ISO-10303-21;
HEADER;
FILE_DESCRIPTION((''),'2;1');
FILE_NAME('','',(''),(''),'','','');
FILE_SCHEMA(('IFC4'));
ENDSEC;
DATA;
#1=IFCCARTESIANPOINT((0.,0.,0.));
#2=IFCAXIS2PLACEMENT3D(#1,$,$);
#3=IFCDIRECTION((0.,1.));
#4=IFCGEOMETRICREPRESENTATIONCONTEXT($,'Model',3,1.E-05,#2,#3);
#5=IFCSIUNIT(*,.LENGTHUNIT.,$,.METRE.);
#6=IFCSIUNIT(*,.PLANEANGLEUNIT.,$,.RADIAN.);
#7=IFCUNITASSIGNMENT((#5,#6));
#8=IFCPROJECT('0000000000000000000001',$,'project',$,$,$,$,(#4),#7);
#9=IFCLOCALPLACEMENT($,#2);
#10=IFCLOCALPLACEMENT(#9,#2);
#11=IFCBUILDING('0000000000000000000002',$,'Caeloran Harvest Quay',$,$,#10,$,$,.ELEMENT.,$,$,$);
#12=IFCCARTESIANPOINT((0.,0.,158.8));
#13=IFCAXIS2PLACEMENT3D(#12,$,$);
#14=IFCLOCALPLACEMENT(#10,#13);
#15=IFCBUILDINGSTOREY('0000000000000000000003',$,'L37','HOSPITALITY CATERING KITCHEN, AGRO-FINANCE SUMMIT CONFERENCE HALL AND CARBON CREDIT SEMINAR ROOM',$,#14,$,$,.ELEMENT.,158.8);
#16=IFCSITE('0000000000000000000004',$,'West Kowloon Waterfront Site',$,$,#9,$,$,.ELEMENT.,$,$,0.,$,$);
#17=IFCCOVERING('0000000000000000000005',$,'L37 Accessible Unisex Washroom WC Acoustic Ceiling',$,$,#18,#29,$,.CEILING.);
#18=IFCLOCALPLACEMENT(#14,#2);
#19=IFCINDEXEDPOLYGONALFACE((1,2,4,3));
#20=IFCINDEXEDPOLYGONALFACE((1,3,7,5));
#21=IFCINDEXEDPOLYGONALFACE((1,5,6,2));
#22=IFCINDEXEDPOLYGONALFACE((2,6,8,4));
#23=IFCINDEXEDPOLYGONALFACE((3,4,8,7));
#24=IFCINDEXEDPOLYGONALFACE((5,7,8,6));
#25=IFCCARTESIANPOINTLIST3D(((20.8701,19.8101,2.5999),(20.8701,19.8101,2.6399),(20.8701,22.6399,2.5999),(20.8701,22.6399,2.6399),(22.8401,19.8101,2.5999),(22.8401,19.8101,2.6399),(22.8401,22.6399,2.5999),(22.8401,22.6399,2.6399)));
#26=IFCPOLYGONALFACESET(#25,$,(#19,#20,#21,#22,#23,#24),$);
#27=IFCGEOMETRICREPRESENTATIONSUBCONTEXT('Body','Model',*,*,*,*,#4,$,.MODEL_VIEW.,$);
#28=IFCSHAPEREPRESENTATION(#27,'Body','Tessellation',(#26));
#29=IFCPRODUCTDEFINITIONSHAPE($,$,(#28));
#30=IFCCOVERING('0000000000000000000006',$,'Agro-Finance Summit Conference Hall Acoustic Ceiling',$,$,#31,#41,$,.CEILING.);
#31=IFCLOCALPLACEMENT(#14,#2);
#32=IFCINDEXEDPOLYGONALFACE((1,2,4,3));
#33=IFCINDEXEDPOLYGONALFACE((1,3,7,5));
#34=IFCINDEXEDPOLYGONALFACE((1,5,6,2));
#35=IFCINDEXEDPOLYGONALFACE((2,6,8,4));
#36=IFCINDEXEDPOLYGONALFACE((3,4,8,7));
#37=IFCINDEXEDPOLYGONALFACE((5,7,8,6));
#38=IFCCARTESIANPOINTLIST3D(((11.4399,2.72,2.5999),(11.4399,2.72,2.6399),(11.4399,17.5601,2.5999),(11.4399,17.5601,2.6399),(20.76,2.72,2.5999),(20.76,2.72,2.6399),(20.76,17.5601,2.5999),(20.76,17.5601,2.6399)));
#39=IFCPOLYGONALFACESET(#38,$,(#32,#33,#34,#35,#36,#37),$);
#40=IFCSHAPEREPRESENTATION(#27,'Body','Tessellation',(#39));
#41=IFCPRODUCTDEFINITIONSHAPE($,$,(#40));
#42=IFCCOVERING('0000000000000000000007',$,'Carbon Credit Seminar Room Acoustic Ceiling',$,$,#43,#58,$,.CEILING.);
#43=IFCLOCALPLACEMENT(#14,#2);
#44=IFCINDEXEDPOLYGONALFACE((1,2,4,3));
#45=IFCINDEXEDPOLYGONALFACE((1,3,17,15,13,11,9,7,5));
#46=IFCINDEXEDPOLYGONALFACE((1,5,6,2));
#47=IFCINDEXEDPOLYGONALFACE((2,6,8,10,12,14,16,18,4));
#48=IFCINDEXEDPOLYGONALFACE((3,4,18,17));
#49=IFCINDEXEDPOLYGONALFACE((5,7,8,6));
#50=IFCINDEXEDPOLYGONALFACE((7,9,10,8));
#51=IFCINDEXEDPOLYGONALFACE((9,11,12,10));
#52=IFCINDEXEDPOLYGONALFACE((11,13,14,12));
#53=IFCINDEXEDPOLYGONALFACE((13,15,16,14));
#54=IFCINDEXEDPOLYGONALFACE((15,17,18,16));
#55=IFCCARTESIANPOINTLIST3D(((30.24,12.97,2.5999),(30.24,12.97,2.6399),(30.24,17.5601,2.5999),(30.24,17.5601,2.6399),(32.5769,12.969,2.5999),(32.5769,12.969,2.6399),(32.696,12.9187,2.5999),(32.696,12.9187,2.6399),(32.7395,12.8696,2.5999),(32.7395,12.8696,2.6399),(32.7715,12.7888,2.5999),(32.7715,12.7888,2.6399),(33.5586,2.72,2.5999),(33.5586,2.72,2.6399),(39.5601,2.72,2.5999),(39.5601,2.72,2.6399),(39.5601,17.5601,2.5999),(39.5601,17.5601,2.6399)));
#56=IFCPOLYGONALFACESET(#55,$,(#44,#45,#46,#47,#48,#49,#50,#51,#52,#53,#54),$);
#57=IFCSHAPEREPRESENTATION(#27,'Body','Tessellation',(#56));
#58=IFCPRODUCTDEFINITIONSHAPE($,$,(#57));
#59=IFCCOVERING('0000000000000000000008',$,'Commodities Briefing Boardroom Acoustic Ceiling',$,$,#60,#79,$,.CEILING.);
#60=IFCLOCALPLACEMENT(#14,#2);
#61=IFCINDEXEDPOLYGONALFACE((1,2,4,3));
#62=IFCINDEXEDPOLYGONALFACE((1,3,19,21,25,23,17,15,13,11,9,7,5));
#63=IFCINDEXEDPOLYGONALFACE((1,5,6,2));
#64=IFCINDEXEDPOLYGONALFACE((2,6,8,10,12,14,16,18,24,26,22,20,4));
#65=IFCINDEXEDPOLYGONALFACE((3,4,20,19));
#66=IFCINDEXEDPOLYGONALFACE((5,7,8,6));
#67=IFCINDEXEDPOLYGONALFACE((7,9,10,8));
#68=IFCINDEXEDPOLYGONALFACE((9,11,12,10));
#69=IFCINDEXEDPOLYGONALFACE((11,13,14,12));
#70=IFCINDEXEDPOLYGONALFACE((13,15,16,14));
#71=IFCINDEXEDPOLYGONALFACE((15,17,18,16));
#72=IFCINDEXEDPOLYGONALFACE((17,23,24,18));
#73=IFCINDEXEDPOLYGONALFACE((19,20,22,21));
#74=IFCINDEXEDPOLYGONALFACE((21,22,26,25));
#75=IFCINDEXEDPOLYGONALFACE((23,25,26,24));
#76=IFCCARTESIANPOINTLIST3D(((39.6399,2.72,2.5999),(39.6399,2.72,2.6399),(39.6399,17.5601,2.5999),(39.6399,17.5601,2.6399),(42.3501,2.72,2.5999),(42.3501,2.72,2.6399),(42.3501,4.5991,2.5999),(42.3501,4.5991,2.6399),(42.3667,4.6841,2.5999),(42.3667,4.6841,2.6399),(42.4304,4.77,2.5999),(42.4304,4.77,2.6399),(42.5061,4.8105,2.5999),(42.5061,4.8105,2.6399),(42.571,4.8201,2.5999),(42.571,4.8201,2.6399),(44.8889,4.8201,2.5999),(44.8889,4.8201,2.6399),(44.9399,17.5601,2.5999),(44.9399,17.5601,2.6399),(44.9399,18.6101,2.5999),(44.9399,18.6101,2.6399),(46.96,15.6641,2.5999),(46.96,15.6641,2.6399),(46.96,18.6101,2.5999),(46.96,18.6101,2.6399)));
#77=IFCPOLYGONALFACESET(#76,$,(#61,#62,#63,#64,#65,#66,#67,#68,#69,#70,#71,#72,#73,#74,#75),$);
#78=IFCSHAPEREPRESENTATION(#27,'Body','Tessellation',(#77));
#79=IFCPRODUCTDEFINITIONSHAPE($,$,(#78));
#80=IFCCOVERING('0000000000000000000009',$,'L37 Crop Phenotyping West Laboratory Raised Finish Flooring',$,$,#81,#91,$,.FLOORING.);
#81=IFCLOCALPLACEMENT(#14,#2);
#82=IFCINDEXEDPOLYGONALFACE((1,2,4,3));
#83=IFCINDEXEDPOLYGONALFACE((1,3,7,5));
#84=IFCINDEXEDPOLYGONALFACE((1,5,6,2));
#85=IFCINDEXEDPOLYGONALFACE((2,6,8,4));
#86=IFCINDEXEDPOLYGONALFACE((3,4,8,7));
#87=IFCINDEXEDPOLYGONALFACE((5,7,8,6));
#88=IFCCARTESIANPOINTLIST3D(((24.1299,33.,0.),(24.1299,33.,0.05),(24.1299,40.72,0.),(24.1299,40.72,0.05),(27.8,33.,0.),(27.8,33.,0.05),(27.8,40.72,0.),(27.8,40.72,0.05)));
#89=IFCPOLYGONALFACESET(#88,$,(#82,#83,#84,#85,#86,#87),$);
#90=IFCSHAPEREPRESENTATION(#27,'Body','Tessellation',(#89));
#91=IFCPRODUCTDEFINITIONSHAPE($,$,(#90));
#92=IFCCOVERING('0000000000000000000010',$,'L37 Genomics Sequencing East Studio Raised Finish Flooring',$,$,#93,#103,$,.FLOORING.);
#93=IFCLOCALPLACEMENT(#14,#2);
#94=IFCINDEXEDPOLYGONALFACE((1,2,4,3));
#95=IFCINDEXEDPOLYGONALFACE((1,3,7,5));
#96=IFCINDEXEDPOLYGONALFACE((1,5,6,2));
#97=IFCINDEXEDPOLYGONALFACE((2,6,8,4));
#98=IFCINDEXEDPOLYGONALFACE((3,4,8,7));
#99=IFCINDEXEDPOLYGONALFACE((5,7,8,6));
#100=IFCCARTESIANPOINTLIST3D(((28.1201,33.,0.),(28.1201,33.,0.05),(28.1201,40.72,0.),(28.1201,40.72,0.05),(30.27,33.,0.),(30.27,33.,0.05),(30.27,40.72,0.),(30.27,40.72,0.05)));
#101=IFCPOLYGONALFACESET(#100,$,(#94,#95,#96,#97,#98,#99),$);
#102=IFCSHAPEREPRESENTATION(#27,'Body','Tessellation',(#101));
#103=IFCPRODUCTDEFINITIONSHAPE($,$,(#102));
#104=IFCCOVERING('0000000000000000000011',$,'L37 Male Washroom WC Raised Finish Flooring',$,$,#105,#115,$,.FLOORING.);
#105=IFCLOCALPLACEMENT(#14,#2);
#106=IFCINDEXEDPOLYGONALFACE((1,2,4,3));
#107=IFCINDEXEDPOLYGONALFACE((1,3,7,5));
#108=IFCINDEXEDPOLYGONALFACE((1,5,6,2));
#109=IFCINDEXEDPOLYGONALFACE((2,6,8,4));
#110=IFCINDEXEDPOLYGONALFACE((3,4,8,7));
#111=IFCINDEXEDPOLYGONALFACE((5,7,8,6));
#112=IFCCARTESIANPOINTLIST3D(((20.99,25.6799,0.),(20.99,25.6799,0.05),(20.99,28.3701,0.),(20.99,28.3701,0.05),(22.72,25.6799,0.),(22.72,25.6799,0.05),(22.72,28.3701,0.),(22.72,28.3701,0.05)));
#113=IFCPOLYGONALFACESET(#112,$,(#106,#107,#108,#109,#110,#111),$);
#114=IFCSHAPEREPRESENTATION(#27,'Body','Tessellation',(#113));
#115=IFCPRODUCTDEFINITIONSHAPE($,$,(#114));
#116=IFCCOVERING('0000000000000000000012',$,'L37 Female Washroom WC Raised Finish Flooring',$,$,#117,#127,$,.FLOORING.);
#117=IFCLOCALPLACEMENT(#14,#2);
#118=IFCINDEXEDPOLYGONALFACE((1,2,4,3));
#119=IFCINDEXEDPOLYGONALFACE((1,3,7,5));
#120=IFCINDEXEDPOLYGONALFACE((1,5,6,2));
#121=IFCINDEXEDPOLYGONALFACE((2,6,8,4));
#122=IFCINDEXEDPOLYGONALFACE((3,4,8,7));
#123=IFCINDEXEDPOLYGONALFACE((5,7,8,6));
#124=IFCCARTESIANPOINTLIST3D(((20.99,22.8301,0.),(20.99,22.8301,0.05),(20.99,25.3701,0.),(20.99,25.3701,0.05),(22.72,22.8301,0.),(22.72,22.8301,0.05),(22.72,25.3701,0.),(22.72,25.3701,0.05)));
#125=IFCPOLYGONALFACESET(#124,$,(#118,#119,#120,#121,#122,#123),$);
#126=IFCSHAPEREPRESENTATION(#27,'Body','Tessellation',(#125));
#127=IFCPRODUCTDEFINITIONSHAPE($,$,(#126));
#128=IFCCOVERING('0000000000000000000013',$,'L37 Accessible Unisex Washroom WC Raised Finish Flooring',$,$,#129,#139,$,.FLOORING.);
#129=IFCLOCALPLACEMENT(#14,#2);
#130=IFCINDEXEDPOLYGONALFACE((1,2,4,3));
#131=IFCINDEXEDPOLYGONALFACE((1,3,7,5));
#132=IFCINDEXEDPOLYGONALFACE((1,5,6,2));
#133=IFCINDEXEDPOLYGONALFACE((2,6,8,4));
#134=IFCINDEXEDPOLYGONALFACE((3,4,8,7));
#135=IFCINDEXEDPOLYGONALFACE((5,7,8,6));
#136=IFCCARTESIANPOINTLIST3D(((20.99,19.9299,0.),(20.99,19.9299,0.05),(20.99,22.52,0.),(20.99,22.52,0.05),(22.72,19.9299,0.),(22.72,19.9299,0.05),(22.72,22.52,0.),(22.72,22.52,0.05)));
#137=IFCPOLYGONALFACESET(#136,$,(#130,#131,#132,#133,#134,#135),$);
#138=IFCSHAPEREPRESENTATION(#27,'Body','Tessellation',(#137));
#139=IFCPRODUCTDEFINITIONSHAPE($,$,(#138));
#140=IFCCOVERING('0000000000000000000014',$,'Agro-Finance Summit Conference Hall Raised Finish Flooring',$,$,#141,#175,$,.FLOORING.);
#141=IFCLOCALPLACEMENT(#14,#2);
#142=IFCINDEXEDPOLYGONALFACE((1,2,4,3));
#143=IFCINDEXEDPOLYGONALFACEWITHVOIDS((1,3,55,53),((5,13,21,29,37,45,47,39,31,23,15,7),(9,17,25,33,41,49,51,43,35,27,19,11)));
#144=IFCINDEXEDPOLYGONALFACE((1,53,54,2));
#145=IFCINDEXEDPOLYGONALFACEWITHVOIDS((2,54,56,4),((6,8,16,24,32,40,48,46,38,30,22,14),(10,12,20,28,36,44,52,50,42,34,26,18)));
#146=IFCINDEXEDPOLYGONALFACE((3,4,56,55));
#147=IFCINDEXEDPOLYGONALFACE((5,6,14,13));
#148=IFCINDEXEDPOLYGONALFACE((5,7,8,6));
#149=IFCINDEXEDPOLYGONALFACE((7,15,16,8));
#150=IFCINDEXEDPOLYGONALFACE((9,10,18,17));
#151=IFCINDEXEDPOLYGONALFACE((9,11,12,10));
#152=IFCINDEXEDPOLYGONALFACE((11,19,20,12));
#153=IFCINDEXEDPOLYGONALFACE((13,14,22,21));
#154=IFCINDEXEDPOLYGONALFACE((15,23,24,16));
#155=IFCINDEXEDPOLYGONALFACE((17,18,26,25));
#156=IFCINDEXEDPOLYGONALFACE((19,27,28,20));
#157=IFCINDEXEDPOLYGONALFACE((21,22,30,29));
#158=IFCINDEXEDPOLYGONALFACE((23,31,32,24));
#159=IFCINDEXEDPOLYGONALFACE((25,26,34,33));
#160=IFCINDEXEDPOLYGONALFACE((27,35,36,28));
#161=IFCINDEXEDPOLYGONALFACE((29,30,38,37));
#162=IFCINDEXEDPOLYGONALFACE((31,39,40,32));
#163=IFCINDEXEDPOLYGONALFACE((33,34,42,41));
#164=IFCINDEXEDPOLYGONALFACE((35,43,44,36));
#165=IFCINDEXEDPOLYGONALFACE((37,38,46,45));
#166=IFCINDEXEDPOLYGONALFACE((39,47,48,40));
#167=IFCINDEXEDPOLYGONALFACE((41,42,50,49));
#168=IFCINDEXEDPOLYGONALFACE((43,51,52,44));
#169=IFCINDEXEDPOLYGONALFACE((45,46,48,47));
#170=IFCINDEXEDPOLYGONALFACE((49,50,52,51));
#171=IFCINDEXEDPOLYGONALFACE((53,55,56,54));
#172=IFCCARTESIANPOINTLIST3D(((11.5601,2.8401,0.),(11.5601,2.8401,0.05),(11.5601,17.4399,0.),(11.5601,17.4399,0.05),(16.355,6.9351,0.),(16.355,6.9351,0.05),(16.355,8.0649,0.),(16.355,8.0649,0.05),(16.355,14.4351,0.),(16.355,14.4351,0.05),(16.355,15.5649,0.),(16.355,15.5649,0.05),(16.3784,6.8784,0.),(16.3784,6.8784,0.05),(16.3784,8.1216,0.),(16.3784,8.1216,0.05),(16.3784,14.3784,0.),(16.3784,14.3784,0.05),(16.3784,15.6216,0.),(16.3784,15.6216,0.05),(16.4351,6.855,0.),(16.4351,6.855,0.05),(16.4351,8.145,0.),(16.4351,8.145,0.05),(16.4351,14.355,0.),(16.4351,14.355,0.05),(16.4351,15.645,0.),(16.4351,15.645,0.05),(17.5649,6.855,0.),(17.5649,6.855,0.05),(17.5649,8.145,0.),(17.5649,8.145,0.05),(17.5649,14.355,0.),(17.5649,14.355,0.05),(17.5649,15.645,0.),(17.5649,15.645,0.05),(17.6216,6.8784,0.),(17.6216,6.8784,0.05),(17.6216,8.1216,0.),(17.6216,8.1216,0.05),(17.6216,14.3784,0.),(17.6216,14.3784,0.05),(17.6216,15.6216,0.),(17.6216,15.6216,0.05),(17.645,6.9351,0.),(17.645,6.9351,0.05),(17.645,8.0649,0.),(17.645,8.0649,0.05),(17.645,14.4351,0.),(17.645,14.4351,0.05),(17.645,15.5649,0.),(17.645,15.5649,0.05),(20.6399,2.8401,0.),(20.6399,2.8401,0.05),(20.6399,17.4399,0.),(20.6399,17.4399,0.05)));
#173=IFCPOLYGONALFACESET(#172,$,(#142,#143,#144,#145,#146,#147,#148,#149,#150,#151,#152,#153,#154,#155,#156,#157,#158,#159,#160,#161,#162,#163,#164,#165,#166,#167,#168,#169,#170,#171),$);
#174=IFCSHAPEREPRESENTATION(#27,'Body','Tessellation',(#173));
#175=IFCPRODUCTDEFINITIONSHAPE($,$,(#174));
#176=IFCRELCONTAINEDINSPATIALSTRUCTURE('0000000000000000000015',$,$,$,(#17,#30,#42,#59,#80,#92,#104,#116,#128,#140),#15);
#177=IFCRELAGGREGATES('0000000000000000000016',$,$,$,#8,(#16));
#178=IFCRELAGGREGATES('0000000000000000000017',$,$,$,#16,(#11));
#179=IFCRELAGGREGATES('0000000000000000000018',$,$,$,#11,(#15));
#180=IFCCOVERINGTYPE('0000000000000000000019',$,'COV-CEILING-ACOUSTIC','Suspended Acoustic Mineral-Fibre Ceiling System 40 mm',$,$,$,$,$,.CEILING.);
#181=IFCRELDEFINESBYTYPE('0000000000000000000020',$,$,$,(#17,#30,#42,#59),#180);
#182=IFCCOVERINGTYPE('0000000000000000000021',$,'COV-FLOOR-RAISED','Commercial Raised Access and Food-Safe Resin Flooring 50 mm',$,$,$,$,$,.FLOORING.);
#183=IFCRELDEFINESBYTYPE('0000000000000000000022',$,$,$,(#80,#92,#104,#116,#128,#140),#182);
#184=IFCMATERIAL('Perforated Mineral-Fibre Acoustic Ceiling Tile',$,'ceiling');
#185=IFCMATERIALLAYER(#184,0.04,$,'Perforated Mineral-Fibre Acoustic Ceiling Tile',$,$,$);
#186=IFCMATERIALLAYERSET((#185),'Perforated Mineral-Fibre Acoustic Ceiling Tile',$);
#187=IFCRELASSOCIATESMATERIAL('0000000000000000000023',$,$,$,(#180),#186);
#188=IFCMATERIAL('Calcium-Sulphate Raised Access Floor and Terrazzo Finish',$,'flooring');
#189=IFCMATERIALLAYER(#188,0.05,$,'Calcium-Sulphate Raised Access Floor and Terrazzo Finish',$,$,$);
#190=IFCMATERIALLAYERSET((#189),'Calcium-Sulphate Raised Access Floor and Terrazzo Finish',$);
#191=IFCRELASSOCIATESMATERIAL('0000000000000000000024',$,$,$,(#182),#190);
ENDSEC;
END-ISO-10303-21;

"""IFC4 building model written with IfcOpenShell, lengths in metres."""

from ifc_helpers import new_model, si_unit, direction, frame, origin, place, context, subcontext, project, spatial, polyline, outline, extrude, material, layer, layer_set, type_object, element, save


model = new_model("IFC4")

# Units and contexts
model_context = context("Model", 3, precision=1e-05, world=origin(), true_north=direction((0.0, 1.0)))
body_context = subcontext(model_context, "Body", "Model", "MODEL_VIEW")
ifc_project = project(units=[si_unit("LENGTHUNIT", "METRE"), si_unit("PLANEANGLEUNIT", "RADIAN")], contexts=[model_context])

# Site, building, storey
site_placement = place(None, origin())
site = spatial("IfcSite", under=ifc_project, at=site_placement, Name="West Kowloon Waterfront Site", CompositionType="ELEMENT", RefElevation=0.0)
building_placement = place(site_placement, origin())
building = spatial("IfcBuilding", under=site, at=building_placement, Name="Caeloran Harvest Quay", CompositionType="ELEMENT")
storey_placement = place(building_placement, frame((0.0, 0.0, 158.8)))
storey = spatial("IfcBuildingStorey", under=building, at=storey_placement, Name="L37", Description="HOSPITALITY CATERING KITCHEN, AGRO-FINANCE SUMMIT CONFERENCE HALL AND CARBON CREDIT SEMINAR ROOM", CompositionType="ELEMENT", Elevation=158.8)

# Coverings
ifc_material_1 = material(Name="Perforated Mineral-Fibre Acoustic Ceiling Tile", Category="ceiling")
ifc_layer_1 = layer(ifc_material_1, 0.04, Name="Perforated Mineral-Fibre Acoustic Ceiling Tile")
ifc_layer_set_1 = layer_set([ifc_layer_1], Name="Perforated Mineral-Fibre Acoustic Ceiling Tile")
covering_type_1 = type_object("IfcCoveringType", Name="COV-CEILING-ACOUSTIC", Description="Suspended Acoustic Mineral-Fibre Ceiling System 40 mm", PredefinedType="CEILING", material=ifc_layer_set_1)
covering_1_placement = place(storey_placement, frame((0.0, 0.0, 2.5999)))
element("IfcCovering", 1, at=covering_1_placement, inside=storey, type_object=covering_type_1, Name="L37 Accessible Unisex Washroom WC Acoustic Ceiling", PredefinedType="CEILING", context=body_context, shape_type="SweptSolid", body=[
    extrude(outline(polyline([(22.8401, 19.8101), (20.8701, 19.8101), (20.8701, 22.6399), (22.8401, 22.6399), (22.8401, 19.8101)])), origin(), (0.0, 0.0, 1.0), 0.04),
])
covering_2_placement = place(storey_placement, frame((0.0, 0.0, 2.5999)))
element("IfcCovering", 2, at=covering_2_placement, inside=storey, type_object=covering_type_1, Name="Agro-Finance Summit Conference Hall Acoustic Ceiling", PredefinedType="CEILING", context=body_context, shape_type="SweptSolid", body=[
    extrude(outline(polyline([(20.76, 2.72), (11.4399, 2.72), (11.4399, 17.5601), (20.76, 17.5601), (20.76, 2.72)])), origin(), (0.0, 0.0, 1.0), 0.04),
])
covering_3_placement = place(storey_placement, frame((0.0, 0.0, 2.5999)))
element("IfcCovering", 3, at=covering_3_placement, inside=storey, type_object=covering_type_1, Name="Carbon Credit Seminar Room Acoustic Ceiling", PredefinedType="CEILING", context=body_context, shape_type="SweptSolid", body=[
    extrude(outline(polyline([(32.7715, 12.7888), (32.7395, 12.8696), (32.696, 12.9187), (32.5769, 12.969), (30.24, 12.97), (30.24, 17.5601), (39.5601, 17.5601), (39.5601, 2.72), (33.5586, 2.72), (32.7715, 12.7888)])), origin(), (0.0, 0.0, 1.0), 0.04),
])
covering_4_placement = place(storey_placement, frame((0.0, 0.0, 2.5999)))
element("IfcCovering", 4, at=covering_4_placement, inside=storey, type_object=covering_type_1, Name="Commodities Briefing Boardroom Acoustic Ceiling", PredefinedType="CEILING", context=body_context, shape_type="SweptSolid", body=[
    extrude(outline(polyline([(44.9399, 17.5601), (44.9399, 18.6101), (46.96, 18.6101), (46.96, 15.6641), (44.8889, 4.8201), (42.571, 4.8201), (42.5061, 4.8105), (42.4304, 4.77), (42.3667, 4.6841), (42.3501, 4.5991), (42.3501, 2.72), (39.6399, 2.72), (39.6399, 17.5601), (44.9399, 17.5601)])), origin(), (0.0, 0.0, 1.0), 0.04),
])
ifc_material_2 = material(Name="Calcium-Sulphate Raised Access Floor and Terrazzo Finish", Category="flooring")
ifc_layer_2 = layer(ifc_material_2, 0.05, Name="Calcium-Sulphate Raised Access Floor and Terrazzo Finish")
ifc_layer_set_2 = layer_set([ifc_layer_2], Name="Calcium-Sulphate Raised Access Floor and Terrazzo Finish")
covering_type_2 = type_object("IfcCoveringType", Name="COV-FLOOR-RAISED", Description="Commercial Raised Access and Food-Safe Resin Flooring 50 mm", PredefinedType="FLOORING", material=ifc_layer_set_2)
covering_5_placement = place(storey_placement, origin())
element("IfcCovering", 5, at=covering_5_placement, inside=storey, type_object=covering_type_2, Name="L37 Crop Phenotyping West Laboratory Raised Finish Flooring", PredefinedType="FLOORING", context=body_context, shape_type="SweptSolid", body=[
    extrude(outline(polyline([(27.8, 40.72), (27.8, 33.0), (24.1299, 33.0), (24.1299, 40.72), (27.8, 40.72)])), origin(), (0.0, 0.0, 1.0), 0.05),
])
covering_6_placement = place(storey_placement, origin())
element("IfcCovering", 6, at=covering_6_placement, inside=storey, type_object=covering_type_2, Name="L37 Genomics Sequencing East Studio Raised Finish Flooring", PredefinedType="FLOORING", context=body_context, shape_type="SweptSolid", body=[
    extrude(outline(polyline([(30.27, 40.72), (30.27, 33.0), (28.1201, 33.0), (28.1201, 40.72), (30.27, 40.72)])), origin(), (0.0, 0.0, 1.0), 0.05),
])
covering_7_placement = place(storey_placement, origin())
element("IfcCovering", 7, at=covering_7_placement, inside=storey, type_object=covering_type_2, Name="L37 Male Washroom WC Raised Finish Flooring", PredefinedType="FLOORING", context=body_context, shape_type="SweptSolid", body=[
    extrude(outline(polyline([(22.72, 25.6799), (20.99, 25.6799), (20.99, 28.3701), (22.72, 28.3701), (22.72, 25.6799)])), origin(), (0.0, 0.0, 1.0), 0.05),
])
covering_8_placement = place(storey_placement, origin())
element("IfcCovering", 8, at=covering_8_placement, inside=storey, type_object=covering_type_2, Name="L37 Female Washroom WC Raised Finish Flooring", PredefinedType="FLOORING", context=body_context, shape_type="SweptSolid", body=[
    extrude(outline(polyline([(22.72, 22.8301), (20.99, 22.8301), (20.99, 25.3701), (22.72, 25.3701), (22.72, 22.8301)])), origin(), (0.0, 0.0, 1.0), 0.05),
])
covering_9_placement = place(storey_placement, origin())
element("IfcCovering", 9, at=covering_9_placement, inside=storey, type_object=covering_type_2, Name="L37 Accessible Unisex Washroom WC Raised Finish Flooring", PredefinedType="FLOORING", context=body_context, shape_type="SweptSolid", body=[
    extrude(outline(polyline([(22.72, 19.9299), (20.99, 19.9299), (20.99, 22.52), (22.72, 22.52), (22.72, 19.9299)])), origin(), (0.0, 0.0, 1.0), 0.05),
])
covering_10_placement = place(storey_placement, origin())
element("IfcCovering", 10, at=covering_10_placement, inside=storey, type_object=covering_type_2, Name="Agro-Finance Summit Conference Hall Raised Finish Flooring", PredefinedType="FLOORING", context=body_context, shape_type="SweptSolid", body=[
    extrude(outline(polyline([(11.5601, 17.4399), (20.6399, 17.4399), (20.6399, 2.8401), (11.5601, 2.8401), (11.5601, 17.4399)]), holes=[polyline([(16.4351, 8.145), (16.3784, 8.1216), (16.355, 8.0649), (16.355, 6.9351), (16.3784, 6.8784), (16.4351, 6.855), (17.5649, 6.855), (17.6216, 6.8784), (17.645, 6.9351), (17.645, 8.0649), (17.6216, 8.1216), (17.5649, 8.145), (16.4351, 8.145)]), polyline([(16.4351, 15.645), (16.3784, 15.6216), (16.355, 15.5649), (16.355, 14.4351), (16.3784, 14.3784), (16.4351, 14.355), (17.5649, 14.355), (17.6216, 14.3784), (17.645, 14.4351), (17.645, 15.5649), (17.6216, 15.6216), (17.5649, 15.645), (16.4351, 15.645)])]), origin(), (0.0, 0.0, 1.0), 0.05),
])

save(model, "model.ifc")
